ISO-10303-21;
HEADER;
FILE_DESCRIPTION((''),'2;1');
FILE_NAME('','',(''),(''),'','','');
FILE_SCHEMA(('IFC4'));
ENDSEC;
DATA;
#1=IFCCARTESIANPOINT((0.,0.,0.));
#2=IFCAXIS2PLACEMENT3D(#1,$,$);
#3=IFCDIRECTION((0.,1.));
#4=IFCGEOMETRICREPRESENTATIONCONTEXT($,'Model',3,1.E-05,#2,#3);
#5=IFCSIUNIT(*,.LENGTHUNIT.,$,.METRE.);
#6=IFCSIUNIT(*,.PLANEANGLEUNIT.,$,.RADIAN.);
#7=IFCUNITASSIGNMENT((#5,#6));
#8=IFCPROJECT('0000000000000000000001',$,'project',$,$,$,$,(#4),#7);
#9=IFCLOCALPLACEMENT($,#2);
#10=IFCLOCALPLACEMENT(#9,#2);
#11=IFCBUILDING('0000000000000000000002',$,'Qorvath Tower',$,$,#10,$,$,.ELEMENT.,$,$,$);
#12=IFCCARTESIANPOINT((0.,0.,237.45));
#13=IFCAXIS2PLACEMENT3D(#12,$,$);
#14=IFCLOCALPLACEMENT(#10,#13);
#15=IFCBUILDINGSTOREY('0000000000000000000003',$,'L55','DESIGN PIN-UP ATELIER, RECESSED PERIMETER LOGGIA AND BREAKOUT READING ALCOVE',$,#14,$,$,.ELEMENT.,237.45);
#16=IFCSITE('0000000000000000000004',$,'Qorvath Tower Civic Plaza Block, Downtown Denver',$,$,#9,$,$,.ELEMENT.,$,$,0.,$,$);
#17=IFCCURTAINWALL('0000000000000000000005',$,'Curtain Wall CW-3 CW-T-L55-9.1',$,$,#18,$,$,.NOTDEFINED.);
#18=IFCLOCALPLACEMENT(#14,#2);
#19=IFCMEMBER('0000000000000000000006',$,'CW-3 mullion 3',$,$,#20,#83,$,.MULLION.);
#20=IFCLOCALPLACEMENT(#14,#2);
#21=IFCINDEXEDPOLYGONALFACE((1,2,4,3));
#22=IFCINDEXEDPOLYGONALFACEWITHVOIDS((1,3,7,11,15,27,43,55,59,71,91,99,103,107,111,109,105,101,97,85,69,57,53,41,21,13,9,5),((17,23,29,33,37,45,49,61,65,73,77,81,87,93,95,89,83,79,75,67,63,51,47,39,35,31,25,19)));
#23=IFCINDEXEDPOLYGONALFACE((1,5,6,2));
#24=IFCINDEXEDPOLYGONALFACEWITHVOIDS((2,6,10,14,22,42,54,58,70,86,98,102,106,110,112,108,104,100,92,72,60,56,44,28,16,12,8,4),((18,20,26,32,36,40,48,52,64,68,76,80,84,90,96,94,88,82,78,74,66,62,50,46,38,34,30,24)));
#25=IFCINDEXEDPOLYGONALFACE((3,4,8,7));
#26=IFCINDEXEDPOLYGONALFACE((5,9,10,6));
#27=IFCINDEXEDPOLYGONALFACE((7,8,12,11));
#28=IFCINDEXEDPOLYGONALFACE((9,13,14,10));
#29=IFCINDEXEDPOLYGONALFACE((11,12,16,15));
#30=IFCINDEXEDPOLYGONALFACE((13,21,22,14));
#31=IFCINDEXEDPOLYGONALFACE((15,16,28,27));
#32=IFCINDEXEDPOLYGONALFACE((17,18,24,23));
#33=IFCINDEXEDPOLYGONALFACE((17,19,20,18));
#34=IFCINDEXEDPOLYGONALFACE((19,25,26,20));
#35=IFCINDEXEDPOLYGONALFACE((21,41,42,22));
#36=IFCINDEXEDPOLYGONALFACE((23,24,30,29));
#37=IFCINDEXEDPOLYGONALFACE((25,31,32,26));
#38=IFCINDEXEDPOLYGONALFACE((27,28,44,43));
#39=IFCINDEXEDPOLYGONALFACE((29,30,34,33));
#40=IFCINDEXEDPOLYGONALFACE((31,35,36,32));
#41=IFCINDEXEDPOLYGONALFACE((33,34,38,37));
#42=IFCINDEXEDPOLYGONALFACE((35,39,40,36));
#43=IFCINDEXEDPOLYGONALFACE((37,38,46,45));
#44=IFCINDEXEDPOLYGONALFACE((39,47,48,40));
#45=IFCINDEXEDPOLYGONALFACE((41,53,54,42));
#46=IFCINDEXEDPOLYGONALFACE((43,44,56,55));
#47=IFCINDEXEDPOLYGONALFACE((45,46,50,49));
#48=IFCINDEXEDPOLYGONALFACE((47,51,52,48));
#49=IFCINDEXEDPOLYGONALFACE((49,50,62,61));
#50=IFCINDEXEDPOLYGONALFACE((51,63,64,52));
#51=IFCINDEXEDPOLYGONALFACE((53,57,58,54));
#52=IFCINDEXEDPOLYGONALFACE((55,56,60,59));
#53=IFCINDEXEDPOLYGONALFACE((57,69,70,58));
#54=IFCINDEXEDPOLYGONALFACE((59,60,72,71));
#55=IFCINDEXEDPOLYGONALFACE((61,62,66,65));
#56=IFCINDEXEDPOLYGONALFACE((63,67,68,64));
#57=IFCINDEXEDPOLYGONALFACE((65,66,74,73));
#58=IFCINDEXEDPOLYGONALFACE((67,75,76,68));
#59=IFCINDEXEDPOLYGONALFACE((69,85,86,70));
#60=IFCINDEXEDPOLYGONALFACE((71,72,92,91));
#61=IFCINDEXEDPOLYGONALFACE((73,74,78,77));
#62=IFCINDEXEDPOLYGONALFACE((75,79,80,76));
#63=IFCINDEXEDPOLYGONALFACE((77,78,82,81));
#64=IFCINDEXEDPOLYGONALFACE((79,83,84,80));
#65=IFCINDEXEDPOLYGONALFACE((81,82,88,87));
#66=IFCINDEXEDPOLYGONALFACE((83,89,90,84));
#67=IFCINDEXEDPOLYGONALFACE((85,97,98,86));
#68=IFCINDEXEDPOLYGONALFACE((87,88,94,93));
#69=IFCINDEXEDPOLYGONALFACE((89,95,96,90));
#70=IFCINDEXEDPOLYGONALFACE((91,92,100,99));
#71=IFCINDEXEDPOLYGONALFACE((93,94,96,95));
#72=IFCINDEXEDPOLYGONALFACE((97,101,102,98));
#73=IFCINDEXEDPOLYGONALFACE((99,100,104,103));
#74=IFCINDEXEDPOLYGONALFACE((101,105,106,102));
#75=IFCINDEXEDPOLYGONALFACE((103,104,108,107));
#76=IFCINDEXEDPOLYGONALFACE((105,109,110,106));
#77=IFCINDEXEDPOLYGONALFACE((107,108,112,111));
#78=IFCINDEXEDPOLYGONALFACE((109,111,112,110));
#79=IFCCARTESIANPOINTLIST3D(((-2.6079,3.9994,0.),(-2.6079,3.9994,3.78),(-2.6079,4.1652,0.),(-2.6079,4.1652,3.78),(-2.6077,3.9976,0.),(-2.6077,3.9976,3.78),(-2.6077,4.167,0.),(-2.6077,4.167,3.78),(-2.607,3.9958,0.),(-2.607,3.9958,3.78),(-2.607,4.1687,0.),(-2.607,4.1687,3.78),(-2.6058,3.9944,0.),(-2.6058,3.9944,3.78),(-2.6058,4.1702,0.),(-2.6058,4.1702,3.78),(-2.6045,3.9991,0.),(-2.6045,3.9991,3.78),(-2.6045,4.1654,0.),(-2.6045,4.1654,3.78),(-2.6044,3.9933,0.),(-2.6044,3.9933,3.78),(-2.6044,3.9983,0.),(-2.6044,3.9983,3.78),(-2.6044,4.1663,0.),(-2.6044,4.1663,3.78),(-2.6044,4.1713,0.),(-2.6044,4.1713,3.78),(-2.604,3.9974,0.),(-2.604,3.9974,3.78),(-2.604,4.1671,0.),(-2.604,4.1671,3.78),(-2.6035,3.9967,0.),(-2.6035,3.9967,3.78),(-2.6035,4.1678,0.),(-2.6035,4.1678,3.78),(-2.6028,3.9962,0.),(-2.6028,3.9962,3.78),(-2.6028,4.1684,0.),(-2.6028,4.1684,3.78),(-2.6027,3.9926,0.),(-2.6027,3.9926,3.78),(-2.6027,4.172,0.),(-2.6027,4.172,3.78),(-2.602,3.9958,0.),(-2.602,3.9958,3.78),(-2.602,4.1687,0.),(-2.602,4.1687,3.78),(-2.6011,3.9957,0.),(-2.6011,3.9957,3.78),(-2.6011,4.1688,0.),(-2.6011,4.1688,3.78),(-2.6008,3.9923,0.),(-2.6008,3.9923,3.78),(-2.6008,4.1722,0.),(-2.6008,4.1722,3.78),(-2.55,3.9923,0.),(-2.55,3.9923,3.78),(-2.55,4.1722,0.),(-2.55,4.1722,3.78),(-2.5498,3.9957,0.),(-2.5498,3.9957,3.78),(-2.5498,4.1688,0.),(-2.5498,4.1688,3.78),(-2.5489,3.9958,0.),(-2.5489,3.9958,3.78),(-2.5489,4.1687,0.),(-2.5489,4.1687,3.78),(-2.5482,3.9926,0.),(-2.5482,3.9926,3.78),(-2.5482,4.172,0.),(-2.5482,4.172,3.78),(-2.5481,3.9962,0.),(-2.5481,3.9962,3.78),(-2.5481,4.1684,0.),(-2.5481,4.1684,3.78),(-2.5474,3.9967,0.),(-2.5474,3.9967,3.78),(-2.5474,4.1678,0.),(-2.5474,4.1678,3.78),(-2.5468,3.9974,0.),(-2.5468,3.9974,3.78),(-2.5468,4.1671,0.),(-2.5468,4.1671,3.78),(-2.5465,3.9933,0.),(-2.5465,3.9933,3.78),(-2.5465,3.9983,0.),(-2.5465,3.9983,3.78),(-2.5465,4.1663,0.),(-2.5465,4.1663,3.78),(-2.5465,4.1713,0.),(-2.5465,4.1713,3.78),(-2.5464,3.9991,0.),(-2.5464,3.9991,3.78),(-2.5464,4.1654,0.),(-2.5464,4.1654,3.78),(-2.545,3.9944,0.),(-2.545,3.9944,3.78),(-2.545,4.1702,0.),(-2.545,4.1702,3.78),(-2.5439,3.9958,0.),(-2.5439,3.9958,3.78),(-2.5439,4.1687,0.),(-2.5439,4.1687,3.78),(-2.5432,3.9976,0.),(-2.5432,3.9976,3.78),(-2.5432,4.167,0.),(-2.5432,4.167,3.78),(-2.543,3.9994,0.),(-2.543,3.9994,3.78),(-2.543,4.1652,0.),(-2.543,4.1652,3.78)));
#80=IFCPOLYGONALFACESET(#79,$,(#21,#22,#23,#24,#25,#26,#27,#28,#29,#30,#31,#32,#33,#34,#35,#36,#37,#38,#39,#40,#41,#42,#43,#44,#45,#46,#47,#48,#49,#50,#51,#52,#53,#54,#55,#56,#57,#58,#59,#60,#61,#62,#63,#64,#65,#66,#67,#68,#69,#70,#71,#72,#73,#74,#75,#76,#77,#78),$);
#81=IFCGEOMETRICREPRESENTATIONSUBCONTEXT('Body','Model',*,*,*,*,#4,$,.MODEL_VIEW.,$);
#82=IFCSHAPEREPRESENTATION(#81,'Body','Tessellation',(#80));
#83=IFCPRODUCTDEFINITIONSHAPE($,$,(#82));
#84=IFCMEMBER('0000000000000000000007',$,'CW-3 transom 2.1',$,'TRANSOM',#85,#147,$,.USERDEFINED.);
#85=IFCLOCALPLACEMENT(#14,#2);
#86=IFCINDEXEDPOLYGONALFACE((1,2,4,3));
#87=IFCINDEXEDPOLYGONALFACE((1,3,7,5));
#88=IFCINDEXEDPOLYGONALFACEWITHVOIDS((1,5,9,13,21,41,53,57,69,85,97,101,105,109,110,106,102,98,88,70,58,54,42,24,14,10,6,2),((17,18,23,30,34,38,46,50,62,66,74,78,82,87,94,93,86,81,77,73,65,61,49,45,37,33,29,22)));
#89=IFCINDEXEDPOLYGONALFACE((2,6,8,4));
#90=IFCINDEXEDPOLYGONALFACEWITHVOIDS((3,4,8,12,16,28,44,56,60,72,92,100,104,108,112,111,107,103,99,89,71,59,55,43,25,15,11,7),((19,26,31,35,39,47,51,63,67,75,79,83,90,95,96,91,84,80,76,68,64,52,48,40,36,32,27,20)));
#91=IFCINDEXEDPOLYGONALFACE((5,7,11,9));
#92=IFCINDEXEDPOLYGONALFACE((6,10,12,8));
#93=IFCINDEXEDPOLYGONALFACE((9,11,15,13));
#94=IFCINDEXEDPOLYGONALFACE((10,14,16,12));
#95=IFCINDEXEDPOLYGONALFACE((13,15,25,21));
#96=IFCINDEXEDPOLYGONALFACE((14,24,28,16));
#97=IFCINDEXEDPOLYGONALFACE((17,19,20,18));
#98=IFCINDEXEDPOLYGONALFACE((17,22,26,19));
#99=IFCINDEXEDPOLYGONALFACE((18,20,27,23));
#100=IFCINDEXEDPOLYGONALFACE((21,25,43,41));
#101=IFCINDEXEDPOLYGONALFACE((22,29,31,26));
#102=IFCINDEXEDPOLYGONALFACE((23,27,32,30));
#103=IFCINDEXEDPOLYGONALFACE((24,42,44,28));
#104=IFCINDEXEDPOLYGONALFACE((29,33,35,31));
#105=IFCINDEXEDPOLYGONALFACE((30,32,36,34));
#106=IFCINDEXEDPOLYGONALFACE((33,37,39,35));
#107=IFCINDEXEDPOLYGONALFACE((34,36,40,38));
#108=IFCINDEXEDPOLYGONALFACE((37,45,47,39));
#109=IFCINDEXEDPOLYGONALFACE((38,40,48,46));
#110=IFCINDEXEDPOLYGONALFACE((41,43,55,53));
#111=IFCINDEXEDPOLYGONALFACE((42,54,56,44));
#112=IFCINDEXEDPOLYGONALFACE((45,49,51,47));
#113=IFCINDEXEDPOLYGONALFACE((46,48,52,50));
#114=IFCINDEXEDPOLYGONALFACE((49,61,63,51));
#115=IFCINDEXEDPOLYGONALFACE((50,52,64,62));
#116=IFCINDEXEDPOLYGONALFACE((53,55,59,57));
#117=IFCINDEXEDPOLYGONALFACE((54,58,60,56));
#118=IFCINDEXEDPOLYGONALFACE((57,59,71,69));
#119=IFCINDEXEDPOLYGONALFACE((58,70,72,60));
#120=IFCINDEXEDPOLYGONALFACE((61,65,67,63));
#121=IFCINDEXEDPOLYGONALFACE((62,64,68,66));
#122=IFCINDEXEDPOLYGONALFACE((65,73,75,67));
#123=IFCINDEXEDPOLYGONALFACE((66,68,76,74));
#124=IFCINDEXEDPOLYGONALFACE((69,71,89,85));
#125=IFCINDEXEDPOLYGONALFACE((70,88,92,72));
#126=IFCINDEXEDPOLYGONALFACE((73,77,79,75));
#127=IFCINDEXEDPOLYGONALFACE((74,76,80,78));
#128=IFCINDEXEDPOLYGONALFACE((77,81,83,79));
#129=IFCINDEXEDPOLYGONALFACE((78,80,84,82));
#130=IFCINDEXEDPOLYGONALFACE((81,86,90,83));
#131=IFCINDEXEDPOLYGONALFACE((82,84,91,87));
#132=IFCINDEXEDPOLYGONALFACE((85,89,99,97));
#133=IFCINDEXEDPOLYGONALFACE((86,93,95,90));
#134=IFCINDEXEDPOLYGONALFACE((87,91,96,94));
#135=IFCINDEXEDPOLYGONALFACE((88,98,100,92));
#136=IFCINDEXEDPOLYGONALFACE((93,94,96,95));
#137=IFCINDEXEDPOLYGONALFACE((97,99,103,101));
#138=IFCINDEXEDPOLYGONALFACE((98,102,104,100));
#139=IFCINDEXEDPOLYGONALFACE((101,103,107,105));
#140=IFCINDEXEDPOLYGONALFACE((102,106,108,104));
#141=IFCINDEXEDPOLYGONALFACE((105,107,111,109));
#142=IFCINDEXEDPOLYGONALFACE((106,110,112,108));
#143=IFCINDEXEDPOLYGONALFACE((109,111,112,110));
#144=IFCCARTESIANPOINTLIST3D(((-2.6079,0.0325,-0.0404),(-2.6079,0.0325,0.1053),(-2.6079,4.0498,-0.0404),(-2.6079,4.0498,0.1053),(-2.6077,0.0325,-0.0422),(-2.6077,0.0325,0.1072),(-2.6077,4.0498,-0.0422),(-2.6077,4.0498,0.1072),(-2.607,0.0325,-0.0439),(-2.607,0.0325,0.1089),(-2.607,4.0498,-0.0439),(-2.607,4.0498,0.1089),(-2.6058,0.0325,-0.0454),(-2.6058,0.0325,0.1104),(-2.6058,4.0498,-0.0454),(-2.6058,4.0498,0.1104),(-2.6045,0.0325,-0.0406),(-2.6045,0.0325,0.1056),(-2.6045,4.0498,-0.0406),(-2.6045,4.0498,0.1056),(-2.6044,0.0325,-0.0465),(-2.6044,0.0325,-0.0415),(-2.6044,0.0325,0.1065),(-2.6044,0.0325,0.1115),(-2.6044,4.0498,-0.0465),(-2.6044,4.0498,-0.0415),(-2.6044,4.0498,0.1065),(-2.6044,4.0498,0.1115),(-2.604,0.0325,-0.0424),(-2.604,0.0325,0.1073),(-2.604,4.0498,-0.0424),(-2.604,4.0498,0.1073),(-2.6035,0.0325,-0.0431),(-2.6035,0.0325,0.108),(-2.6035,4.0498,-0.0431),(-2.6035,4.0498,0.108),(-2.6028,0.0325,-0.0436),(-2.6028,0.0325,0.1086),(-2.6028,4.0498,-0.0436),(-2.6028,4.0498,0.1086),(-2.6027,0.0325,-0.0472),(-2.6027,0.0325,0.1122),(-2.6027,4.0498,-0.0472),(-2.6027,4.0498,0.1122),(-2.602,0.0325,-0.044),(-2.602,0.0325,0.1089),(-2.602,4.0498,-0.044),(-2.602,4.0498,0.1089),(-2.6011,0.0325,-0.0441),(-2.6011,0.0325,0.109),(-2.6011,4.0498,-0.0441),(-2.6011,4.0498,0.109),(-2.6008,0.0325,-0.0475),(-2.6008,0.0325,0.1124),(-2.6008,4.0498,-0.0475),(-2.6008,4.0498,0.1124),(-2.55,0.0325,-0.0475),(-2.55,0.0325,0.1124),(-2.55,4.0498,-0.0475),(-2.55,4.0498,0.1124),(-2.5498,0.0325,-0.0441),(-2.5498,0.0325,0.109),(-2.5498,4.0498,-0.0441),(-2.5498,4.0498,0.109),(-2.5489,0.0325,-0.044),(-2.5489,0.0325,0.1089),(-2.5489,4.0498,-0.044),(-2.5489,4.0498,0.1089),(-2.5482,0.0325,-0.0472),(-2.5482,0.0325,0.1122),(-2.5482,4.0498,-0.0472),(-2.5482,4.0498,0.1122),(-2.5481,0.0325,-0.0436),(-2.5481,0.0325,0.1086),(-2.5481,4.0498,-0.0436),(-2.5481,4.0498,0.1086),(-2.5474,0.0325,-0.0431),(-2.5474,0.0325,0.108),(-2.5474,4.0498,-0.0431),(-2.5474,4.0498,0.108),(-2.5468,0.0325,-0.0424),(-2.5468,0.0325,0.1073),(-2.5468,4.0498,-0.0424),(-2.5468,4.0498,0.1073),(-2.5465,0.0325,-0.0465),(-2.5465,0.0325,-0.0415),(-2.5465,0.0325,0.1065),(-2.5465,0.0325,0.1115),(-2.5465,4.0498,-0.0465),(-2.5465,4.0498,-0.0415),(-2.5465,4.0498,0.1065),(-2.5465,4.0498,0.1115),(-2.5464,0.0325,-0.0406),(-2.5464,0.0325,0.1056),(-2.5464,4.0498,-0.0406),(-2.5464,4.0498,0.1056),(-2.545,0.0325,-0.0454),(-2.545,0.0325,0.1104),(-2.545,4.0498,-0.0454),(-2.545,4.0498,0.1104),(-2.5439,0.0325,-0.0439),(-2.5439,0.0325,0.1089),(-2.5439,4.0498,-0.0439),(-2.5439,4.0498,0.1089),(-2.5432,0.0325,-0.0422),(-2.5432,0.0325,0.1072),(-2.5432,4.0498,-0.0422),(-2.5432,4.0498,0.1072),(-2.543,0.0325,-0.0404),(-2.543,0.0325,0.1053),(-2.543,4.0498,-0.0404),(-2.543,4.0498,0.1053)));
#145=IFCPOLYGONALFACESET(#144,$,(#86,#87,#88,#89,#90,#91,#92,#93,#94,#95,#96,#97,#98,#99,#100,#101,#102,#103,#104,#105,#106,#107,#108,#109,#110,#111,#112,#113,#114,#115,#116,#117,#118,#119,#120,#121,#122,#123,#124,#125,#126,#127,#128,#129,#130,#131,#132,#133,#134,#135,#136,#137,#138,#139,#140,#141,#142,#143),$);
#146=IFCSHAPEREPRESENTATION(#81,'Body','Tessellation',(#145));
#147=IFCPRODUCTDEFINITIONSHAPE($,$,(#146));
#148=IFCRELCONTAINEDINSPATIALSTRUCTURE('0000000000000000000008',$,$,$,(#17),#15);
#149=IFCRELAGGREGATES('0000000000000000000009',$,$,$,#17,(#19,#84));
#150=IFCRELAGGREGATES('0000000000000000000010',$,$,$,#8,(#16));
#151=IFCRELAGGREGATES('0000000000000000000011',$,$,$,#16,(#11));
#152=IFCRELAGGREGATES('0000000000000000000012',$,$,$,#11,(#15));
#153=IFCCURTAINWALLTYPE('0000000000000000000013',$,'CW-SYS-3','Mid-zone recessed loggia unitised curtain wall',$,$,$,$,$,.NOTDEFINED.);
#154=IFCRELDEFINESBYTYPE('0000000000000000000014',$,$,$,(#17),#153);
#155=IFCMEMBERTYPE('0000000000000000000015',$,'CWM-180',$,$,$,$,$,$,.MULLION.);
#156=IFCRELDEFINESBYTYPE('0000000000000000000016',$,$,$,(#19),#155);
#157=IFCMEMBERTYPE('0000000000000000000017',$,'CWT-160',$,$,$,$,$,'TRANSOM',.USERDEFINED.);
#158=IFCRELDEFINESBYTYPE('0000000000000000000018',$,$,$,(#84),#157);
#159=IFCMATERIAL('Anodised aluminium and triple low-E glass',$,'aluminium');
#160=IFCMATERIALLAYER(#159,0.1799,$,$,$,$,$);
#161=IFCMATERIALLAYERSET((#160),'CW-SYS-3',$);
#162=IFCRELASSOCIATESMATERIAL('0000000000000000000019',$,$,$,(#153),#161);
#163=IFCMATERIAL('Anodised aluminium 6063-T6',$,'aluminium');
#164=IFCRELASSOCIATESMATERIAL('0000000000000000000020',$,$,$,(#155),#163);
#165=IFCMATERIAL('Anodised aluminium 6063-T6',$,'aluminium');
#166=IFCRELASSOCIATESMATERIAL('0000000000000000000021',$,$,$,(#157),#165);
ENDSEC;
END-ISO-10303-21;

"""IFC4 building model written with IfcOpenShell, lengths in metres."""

from ifc_helpers import new_model, si_unit, direction, frame, origin, origin_2d, place, context, subcontext, project, spatial, hollow_rectangle, extrude, material, layer, layer_set, material_profile, profile_set, type_object, element, aggregate, save


model = new_model("IFC4")

# Units and contexts
model_context = context("Model", 3, precision=1e-05, world=origin(), true_north=direction((0.0, 1.0)))
body_context = subcontext(model_context, "Body", "Model", "MODEL_VIEW")
ifc_project = project(units=[si_unit("LENGTHUNIT", "METRE"), si_unit("PLANEANGLEUNIT", "RADIAN")], contexts=[model_context])

# Site, building, storey
site_placement = place(None, origin())
site = spatial("IfcSite", under=ifc_project, at=site_placement, Name="Qorvath Tower Civic Plaza Block, Downtown Denver", CompositionType="ELEMENT", RefElevation=0.0)
building_placement = place(site_placement, origin())
building = spatial("IfcBuilding", under=site, at=building_placement, Name="Qorvath Tower", CompositionType="ELEMENT")
storey_placement = place(building_placement, frame((0.0, 0.0, 237.45)))
storey = spatial("IfcBuildingStorey", under=building, at=storey_placement, Name="L55", Description="DESIGN PIN-UP ATELIER, RECESSED PERIMETER LOGGIA AND BREAKOUT READING ALCOVE", CompositionType="ELEMENT", Elevation=237.45)

# Curtain wall, members
ifc_material_1 = material(Name="Anodised aluminium and triple low-E glass", Category="aluminium")
ifc_layer_1 = layer(ifc_material_1, 0.1799)
ifc_layer_set_1 = layer_set([ifc_layer_1], Name="CW-SYS-3")
curtain_wall_type = type_object("IfcCurtainWallType", Name="CW-SYS-3", Description="Mid-zone recessed loggia unitised curtain wall", PredefinedType="NOTDEFINED", material=ifc_layer_set_1)
curtain_wall_placement = place(storey_placement, origin())
curtain_wall = element("IfcCurtainWall", 1, at=curtain_wall_placement, inside=storey, type_object=curtain_wall_type, Name="Curtain Wall CW-3 CW-T-L55-9.1", PredefinedType="NOTDEFINED")
ifc_material_2 = material(Name="Anodised aluminium 6063-T6", Category="aluminium")
ifc_material_profile_1 = material_profile(ifc_material_2, hollow_rectangle(XDim=0.0649, YDim=0.1799, WallThickness=0.0034, InnerFilletRadius=0.0034, OuterFilletRadius=0.0071, at=origin_2d()), Name="CWM 180x65")
ifc_profile_set_1 = profile_set([ifc_material_profile_1], Name="Anodised aluminium 6063-T6")
member_type_1 = type_object("IfcMemberType", Name="CWM-180", PredefinedType="MULLION", material=ifc_profile_set_1)
member_1_placement = place(storey_placement, frame((-2.5754, 4.0823, 0.0), z_axis=(0.0, 0.0, 1.0), x_axis=(-1.0, 0.0, 0.0)))
member_1 = element("IfcMember", 2, at=member_1_placement, type_object=member_type_1, Name="CW-3 mullion 3", PredefinedType="MULLION", context=body_context, shape_type="SweptSolid", body=[
    extrude(hollow_rectangle(XDim=0.0649, YDim=0.1799, WallThickness=0.0034, InnerFilletRadius=0.0034, OuterFilletRadius=0.0071, at=origin_2d()), origin(), (0.0, 0.0, 1.0), 3.78),
])
ifc_material_3 = material(Name="Anodised aluminium 6063-T6", Category="aluminium")
ifc_material_profile_2 = material_profile(ifc_material_3, hollow_rectangle(XDim=0.0649, YDim=0.1599, WallThickness=0.0034, InnerFilletRadius=0.0034, OuterFilletRadius=0.0071, at=origin_2d()), Name="CWT 160x65")
ifc_profile_set_2 = profile_set([ifc_material_profile_2], Name="Anodised aluminium 6063-T6")
member_type_2 = type_object("IfcMemberType", Name="CWT-160", ElementType="TRANSOM", PredefinedType="USERDEFINED", material=ifc_profile_set_2)
member_2_placement = place(storey_placement, frame((-2.5754, 0.0325, 0.0325), z_axis=(0.0, 1.0, 0.0), x_axis=(-1.0, 0.0, 0.0)))
member_2 = element("IfcMember", 3, at=member_2_placement, type_object=member_type_2, Name="CW-3 transom 2.1", ObjectType="TRANSOM", PredefinedType="USERDEFINED", context=body_context, shape_type="SweptSolid", body=[
    extrude(hollow_rectangle(XDim=0.0649, YDim=0.1599, WallThickness=0.0034, InnerFilletRadius=0.0034, OuterFilletRadius=0.0071, at=origin_2d()), origin(), (0.0, 0.0, 1.0), 4.0173),
])
aggregate(curtain_wall, [member_1, member_2])

save(model, "model.ifc")
